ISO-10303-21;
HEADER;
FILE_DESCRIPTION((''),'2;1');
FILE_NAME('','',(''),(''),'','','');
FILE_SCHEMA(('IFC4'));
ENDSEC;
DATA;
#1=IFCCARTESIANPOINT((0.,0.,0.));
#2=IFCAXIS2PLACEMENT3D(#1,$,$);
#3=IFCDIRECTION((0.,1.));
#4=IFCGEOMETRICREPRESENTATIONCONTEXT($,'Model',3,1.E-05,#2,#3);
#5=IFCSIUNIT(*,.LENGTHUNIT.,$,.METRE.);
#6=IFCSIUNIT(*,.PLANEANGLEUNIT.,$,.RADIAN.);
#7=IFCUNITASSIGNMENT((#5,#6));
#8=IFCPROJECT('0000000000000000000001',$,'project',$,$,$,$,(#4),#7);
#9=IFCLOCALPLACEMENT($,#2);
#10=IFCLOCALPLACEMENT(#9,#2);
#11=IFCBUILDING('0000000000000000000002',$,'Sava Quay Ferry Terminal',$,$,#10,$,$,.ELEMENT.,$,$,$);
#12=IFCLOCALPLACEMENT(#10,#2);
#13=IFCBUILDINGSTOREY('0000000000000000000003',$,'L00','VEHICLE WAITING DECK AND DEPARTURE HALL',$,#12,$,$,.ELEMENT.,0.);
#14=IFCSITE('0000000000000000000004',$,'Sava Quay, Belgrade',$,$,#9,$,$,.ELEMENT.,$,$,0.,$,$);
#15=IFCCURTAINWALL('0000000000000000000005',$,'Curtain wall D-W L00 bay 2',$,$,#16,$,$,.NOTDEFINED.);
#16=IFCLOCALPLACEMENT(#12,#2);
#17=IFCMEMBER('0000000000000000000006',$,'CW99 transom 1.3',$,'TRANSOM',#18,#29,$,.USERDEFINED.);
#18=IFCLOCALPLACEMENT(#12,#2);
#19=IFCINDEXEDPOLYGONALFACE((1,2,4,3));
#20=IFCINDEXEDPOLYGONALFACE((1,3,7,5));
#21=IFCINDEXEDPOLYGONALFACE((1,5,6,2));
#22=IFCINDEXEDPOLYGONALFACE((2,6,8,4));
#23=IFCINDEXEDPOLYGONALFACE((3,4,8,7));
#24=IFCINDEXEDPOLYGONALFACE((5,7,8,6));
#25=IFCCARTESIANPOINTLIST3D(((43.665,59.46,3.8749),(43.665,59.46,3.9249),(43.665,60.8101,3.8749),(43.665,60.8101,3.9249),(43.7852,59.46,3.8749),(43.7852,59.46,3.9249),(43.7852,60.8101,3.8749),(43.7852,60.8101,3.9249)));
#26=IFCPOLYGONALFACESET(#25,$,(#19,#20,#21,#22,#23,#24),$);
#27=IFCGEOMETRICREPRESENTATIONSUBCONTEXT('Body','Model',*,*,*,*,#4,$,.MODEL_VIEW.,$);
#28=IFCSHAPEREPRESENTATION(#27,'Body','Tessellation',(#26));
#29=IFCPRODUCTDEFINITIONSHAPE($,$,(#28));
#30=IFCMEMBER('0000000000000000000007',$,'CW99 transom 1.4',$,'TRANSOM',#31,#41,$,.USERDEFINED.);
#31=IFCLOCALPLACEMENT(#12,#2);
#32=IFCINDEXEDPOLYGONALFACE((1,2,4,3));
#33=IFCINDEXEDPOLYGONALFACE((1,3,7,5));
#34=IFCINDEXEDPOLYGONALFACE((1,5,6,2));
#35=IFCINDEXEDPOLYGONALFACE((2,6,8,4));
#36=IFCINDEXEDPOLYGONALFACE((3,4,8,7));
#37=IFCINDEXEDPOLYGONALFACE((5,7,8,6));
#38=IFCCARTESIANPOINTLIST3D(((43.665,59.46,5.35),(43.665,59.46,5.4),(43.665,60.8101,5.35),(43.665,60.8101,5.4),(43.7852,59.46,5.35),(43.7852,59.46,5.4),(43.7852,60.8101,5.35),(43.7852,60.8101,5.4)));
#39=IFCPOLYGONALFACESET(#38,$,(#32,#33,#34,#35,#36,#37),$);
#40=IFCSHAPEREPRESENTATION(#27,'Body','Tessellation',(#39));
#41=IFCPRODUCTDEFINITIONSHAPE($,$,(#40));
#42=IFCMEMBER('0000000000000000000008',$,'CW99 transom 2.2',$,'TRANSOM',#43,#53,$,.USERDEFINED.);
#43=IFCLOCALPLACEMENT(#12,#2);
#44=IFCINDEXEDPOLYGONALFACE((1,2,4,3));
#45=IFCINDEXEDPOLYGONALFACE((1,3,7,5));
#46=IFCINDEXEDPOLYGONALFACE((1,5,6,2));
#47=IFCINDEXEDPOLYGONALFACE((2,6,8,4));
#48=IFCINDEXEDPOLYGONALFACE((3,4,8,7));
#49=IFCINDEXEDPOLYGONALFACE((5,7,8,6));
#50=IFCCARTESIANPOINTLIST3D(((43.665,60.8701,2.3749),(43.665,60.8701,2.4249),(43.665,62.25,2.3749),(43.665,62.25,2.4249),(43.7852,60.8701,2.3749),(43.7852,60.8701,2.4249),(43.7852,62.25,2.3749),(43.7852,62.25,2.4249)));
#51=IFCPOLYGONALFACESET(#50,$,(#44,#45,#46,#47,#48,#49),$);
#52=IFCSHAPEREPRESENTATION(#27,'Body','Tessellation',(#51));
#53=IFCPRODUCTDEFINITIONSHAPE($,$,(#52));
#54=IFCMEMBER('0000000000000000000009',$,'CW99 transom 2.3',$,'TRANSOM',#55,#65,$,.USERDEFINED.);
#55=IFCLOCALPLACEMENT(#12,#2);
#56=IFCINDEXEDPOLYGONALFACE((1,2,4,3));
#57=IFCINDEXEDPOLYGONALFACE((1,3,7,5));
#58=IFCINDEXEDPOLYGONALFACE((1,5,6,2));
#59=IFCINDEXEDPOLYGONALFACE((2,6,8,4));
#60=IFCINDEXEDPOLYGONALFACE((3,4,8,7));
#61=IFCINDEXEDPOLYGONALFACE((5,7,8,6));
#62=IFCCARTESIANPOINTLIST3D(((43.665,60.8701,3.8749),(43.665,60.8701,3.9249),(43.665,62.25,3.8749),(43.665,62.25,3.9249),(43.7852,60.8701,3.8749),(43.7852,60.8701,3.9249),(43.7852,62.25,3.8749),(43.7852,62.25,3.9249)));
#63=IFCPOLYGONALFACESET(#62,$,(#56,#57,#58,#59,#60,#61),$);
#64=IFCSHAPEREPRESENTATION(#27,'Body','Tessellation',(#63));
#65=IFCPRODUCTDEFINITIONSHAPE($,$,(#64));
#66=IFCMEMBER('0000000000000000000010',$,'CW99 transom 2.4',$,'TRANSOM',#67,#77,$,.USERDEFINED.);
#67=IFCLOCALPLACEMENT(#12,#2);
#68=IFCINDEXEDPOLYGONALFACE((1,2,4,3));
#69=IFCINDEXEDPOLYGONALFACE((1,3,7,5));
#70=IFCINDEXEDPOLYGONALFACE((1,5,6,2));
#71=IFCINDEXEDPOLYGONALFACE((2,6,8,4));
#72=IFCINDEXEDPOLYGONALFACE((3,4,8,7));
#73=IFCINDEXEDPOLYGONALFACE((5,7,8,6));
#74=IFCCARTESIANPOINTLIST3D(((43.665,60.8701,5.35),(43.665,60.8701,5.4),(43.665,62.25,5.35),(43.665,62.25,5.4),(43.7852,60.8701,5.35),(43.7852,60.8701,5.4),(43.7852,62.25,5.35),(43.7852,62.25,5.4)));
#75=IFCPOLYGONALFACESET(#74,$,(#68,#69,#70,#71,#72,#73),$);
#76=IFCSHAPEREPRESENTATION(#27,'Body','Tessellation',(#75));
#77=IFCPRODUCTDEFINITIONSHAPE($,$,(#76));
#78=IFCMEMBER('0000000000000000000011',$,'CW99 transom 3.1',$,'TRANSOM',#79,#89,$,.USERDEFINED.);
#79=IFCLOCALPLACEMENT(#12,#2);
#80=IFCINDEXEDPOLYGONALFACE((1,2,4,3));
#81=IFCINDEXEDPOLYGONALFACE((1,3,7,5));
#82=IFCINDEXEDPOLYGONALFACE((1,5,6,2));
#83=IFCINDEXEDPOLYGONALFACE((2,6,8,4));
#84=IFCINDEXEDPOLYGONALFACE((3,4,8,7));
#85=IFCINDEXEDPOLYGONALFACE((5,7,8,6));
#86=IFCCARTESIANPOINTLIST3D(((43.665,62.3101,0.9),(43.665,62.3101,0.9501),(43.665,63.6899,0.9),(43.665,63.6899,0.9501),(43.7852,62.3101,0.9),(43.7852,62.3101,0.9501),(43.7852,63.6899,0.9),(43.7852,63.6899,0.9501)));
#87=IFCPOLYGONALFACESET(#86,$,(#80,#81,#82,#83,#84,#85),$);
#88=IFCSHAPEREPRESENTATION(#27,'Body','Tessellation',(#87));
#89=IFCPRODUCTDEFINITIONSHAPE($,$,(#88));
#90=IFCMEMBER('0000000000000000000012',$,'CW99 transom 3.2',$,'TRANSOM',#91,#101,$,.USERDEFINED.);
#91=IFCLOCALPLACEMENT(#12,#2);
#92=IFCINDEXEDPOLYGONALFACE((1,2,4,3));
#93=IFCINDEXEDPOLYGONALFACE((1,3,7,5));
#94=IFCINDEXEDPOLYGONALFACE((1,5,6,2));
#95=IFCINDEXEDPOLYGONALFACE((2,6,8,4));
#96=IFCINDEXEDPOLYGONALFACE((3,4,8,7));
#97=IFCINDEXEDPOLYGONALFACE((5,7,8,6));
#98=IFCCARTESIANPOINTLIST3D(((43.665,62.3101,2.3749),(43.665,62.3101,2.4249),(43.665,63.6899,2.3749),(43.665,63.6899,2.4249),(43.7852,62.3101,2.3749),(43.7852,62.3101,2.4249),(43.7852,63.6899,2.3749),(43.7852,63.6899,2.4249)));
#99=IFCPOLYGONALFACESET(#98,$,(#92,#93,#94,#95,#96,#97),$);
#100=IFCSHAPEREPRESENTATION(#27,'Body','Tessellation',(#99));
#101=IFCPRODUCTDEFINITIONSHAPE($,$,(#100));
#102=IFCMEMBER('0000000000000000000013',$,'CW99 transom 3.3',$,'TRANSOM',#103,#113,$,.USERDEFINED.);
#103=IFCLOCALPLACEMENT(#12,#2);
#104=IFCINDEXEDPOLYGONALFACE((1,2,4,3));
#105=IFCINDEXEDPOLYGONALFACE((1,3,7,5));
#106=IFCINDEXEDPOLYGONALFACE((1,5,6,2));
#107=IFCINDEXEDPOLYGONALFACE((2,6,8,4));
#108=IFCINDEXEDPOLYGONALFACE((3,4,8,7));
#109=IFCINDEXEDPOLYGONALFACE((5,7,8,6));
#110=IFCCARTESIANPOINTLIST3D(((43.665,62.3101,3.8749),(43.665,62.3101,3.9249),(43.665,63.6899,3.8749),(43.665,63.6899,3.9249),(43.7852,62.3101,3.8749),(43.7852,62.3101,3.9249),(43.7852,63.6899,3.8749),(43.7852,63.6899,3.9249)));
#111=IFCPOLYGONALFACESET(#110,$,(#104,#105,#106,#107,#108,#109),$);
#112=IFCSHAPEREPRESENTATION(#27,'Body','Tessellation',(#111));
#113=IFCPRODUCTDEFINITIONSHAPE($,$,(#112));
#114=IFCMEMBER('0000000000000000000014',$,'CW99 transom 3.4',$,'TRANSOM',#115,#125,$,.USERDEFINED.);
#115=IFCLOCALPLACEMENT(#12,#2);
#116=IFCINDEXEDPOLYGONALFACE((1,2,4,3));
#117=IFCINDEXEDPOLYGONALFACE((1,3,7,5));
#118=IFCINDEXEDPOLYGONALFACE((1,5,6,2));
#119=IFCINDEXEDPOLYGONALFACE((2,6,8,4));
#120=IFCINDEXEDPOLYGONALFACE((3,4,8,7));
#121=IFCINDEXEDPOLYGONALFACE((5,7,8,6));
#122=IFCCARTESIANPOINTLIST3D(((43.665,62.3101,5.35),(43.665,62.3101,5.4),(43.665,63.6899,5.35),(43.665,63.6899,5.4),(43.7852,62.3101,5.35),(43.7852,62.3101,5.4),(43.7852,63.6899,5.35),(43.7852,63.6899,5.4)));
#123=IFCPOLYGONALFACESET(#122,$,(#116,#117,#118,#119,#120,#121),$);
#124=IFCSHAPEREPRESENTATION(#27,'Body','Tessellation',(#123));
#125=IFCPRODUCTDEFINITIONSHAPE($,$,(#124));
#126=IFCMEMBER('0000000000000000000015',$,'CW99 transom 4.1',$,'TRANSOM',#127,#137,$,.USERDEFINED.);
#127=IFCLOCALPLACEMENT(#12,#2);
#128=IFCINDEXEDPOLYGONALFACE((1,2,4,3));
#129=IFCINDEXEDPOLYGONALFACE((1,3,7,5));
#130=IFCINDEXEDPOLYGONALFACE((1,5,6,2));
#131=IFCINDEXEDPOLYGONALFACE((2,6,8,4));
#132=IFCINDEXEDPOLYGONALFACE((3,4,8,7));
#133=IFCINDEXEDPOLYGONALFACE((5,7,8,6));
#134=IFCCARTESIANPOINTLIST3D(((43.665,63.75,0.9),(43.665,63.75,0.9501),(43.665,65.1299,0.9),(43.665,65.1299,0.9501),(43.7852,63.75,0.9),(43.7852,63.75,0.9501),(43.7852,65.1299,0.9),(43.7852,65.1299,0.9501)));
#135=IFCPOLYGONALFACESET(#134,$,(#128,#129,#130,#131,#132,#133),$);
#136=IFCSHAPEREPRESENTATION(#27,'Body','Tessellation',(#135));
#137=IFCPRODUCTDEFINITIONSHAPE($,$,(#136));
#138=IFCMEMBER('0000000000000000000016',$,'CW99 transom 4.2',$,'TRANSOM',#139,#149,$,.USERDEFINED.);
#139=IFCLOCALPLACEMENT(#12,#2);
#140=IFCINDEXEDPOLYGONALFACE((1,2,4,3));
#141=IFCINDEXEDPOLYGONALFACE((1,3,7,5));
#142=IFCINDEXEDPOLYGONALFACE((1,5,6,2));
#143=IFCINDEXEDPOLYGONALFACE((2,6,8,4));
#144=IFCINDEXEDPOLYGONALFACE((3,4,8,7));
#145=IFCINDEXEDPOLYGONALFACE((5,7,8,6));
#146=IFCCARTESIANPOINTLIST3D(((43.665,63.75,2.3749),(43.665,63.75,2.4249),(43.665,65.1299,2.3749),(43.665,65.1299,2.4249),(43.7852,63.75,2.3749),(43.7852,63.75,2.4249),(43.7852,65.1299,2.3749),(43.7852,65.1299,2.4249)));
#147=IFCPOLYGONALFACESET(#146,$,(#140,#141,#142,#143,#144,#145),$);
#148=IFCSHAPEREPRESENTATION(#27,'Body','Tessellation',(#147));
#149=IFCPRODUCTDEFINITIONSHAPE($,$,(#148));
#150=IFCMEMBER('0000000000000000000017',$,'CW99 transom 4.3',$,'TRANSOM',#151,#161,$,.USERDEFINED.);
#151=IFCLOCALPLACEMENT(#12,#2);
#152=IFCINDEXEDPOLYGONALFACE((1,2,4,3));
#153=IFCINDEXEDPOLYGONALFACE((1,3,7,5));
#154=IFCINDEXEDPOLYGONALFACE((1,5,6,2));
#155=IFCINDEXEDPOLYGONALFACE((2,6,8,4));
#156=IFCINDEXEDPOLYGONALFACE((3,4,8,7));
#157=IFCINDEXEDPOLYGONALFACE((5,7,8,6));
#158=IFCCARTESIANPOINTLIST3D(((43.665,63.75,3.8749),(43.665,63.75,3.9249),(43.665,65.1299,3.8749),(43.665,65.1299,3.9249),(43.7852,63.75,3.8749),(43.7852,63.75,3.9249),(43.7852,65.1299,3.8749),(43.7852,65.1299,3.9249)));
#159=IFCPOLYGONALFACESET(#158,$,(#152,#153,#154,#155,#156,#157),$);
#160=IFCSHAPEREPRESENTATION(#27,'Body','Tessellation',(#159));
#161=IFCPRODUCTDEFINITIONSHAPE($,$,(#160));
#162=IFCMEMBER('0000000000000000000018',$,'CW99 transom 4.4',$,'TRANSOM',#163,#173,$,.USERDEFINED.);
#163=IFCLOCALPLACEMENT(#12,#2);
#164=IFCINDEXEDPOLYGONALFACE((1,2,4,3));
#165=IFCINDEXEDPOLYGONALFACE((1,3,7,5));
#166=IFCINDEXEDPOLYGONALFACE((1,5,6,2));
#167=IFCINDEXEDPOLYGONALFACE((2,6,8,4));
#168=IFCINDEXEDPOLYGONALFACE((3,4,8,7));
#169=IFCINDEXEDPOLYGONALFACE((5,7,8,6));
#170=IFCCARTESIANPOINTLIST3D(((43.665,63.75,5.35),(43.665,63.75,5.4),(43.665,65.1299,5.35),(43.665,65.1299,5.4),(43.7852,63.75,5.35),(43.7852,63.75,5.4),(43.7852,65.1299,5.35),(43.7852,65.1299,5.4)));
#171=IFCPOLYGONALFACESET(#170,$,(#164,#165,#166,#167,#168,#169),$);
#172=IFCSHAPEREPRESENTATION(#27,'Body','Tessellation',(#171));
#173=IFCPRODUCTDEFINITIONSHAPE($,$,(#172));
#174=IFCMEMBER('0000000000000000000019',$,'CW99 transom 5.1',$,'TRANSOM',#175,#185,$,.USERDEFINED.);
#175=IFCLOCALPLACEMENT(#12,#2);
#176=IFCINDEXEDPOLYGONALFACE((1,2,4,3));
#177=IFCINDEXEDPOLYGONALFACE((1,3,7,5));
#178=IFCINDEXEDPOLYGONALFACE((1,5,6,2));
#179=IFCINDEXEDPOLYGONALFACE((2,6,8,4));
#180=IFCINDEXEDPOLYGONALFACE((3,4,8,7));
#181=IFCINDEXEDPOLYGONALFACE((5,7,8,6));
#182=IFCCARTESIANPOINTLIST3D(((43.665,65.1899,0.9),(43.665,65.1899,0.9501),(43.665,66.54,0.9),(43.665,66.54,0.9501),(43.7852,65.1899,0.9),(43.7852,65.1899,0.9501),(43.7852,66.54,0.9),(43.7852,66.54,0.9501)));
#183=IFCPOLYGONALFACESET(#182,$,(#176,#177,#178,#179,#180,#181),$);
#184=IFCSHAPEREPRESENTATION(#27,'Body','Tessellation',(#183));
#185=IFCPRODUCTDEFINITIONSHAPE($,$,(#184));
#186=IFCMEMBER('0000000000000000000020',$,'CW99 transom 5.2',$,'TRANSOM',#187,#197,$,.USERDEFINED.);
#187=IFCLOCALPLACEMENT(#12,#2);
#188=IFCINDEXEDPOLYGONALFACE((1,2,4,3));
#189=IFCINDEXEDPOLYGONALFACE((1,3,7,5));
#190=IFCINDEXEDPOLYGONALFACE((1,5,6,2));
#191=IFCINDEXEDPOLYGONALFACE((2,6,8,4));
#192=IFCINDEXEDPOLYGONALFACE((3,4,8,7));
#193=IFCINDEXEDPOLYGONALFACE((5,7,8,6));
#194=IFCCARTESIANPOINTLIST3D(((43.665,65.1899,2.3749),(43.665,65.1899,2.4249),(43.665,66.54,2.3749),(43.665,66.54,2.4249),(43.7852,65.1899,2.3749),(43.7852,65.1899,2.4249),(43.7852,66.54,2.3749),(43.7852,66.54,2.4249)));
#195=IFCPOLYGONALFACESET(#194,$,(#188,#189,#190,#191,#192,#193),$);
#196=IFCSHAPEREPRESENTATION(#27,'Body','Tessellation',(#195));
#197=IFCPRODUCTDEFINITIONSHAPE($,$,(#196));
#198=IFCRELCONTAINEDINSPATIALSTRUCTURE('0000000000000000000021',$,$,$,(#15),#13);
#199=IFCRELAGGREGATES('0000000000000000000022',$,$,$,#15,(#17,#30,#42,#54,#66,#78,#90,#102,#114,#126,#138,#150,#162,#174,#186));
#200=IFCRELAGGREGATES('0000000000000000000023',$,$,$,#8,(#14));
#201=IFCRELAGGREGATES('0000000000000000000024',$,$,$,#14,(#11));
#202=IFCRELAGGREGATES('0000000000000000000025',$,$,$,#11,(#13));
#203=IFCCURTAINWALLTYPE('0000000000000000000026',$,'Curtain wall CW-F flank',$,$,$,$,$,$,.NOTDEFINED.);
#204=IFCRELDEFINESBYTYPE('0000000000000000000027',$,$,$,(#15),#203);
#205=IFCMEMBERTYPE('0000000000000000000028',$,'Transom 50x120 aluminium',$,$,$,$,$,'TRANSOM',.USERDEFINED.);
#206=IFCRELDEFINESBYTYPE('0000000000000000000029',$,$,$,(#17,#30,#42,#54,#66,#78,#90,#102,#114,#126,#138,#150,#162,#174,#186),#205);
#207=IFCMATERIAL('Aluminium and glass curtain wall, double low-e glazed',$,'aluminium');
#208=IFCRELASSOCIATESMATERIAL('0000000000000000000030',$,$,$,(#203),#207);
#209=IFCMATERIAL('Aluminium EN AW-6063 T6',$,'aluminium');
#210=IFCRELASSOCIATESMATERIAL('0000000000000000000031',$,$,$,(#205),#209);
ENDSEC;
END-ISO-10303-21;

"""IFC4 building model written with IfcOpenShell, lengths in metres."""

from ifc_helpers import new_model, si_unit, direction, frame, origin, origin_2d, place, context, subcontext, project, spatial, rectangle, extrude, material, material_profile, profile_set, type_object, element, aggregate, save


model = new_model("IFC4")

# Units and contexts
model_context = context("Model", 3, precision=1e-05, world=origin(), true_north=direction((0.0, 1.0)))
body_context = subcontext(model_context, "Body", "Model", "MODEL_VIEW")
ifc_project = project(units=[si_unit("LENGTHUNIT", "METRE"), si_unit("PLANEANGLEUNIT", "RADIAN")], contexts=[model_context])

# Site, building, storey
site_placement = place(None, origin())
site = spatial("IfcSite", under=ifc_project, at=site_placement, Name="Sava Quay, Belgrade", CompositionType="ELEMENT", RefElevation=0.0)
building_placement = place(site_placement, origin())
building = spatial("IfcBuilding", under=site, at=building_placement, Name="Sava Quay Ferry Terminal", CompositionType="ELEMENT")
storey_placement = place(building_placement, origin())
storey = spatial("IfcBuildingStorey", under=building, at=storey_placement, Name="L00", Description="VEHICLE WAITING DECK AND DEPARTURE HALL", CompositionType="ELEMENT", Elevation=0.0)

# Curtain wall, members
ifc_material_1 = material(Name="Aluminium and glass curtain wall, double low-e glazed", Category="aluminium")
curtain_wall_type = type_object("IfcCurtainWallType", Name="Curtain wall CW-F flank", PredefinedType="NOTDEFINED", material=ifc_material_1)
curtain_wall_placement = place(storey_placement, origin())
curtain_wall = element("IfcCurtainWall", 1, at=curtain_wall_placement, inside=storey, type_object=curtain_wall_type, Name="Curtain wall D-W L00 bay 2", PredefinedType="NOTDEFINED")
ifc_material_2 = material(Name="Aluminium EN AW-6063 T6", Category="aluminium")
ifc_material_profile = material_profile(ifc_material_2, rectangle(XDim=0.1201, YDim=0.05, at=origin_2d()), Name="Transom 50x120 aluminium")
ifc_profile_set = profile_set([ifc_material_profile], Name="Aluminium EN AW-6063 T6")
member_type = type_object("IfcMemberType", Name="Transom 50x120 aluminium", ElementType="TRANSOM", PredefinedType="USERDEFINED", material=ifc_profile_set)
member_1_placement = place(storey_placement, frame((43.7251, 59.46, 3.8999), z_axis=(0.0, 1.0, 0.0), x_axis=(-1.0, 0.0, 0.0)))
member_1 = element("IfcMember", 2, at=member_1_placement, type_object=member_type, Name="CW99 transom 1.3", ObjectType="TRANSOM", PredefinedType="USERDEFINED", context=body_context, shape_type="SweptSolid", body=[
    extrude(rectangle(XDim=0.1201, YDim=0.05, at=origin_2d()), origin(), (0.0, 0.0, 1.0), 1.3501),
])
member_2_placement = place(storey_placement, frame((43.7251, 59.46, 5.375), z_axis=(0.0, 1.0, 0.0), x_axis=(-1.0, 0.0, 0.0)))
member_2 = element("IfcMember", 3, at=member_2_placement, type_object=member_type, Name="CW99 transom 1.4", ObjectType="TRANSOM", PredefinedType="USERDEFINED", context=body_context, shape_type="SweptSolid", body=[
    extrude(rectangle(XDim=0.1201, YDim=0.05, at=origin_2d()), origin(), (0.0, 0.0, 1.0), 1.3501),
])
member_3_placement = place(storey_placement, frame((43.7251, 60.8701, 2.3999), z_axis=(0.0, 1.0, 0.0), x_axis=(-1.0, 0.0, 0.0)))
member_3 = element("IfcMember", 4, at=member_3_placement, type_object=member_type, Name="CW99 transom 2.2", ObjectType="TRANSOM", PredefinedType="USERDEFINED", context=body_context, shape_type="SweptSolid", body=[
    extrude(rectangle(XDim=0.1201, YDim=0.05, at=origin_2d()), origin(), (0.0, 0.0, 1.0), 1.3799),
])
member_4_placement = place(storey_placement, frame((43.7251, 60.8701, 3.8999), z_axis=(0.0, 1.0, 0.0), x_axis=(-1.0, 0.0, 0.0)))
member_4 = element("IfcMember", 5, at=member_4_placement, type_object=member_type, Name="CW99 transom 2.3", ObjectType="TRANSOM", PredefinedType="USERDEFINED", context=body_context, shape_type="SweptSolid", body=[
    extrude(rectangle(XDim=0.1201, YDim=0.05, at=origin_2d()), origin(), (0.0, 0.0, 1.0), 1.3799),
])
member_5_placement = place(storey_placement, frame((43.7251, 60.8701, 5.375), z_axis=(0.0, 1.0, 0.0), x_axis=(-1.0, 0.0, 0.0)))
member_5 = element("IfcMember", 6, at=member_5_placement, type_object=member_type, Name="CW99 transom 2.4", ObjectType="TRANSOM", PredefinedType="USERDEFINED", context=body_context, shape_type="SweptSolid", body=[
    extrude(rectangle(XDim=0.1201, YDim=0.05, at=origin_2d()), origin(), (0.0, 0.0, 1.0), 1.3799),
])
member_6_placement = place(storey_placement, frame((43.7251, 62.3101, 0.925), z_axis=(0.0, 1.0, 0.0), x_axis=(-1.0, 0.0, 0.0)))
member_6 = element("IfcMember", 7, at=member_6_placement, type_object=member_type, Name="CW99 transom 3.1", ObjectType="TRANSOM", PredefinedType="USERDEFINED", context=body_context, shape_type="SweptSolid", body=[
    extrude(rectangle(XDim=0.1201, YDim=0.05, at=origin_2d()), origin(), (0.0, 0.0, 1.0), 1.3799),
])
member_7_placement = place(storey_placement, frame((43.7251, 62.3101, 2.3999), z_axis=(0.0, 1.0, 0.0), x_axis=(-1.0, 0.0, 0.0)))
member_7 = element("IfcMember", 8, at=member_7_placement, type_object=member_type, Name="CW99 transom 3.2", ObjectType="TRANSOM", PredefinedType="USERDEFINED", context=body_context, shape_type="SweptSolid", body=[
    extrude(rectangle(XDim=0.1201, YDim=0.05, at=origin_2d()), origin(), (0.0, 0.0, 1.0), 1.3799),
])
member_8_placement = place(storey_placement, frame((43.7251, 62.3101, 3.8999), z_axis=(0.0, 1.0, 0.0), x_axis=(-1.0, 0.0, 0.0)))
member_8 = element("IfcMember", 9, at=member_8_placement, type_object=member_type, Name="CW99 transom 3.3", ObjectType="TRANSOM", PredefinedType="USERDEFINED", context=body_context, shape_type="SweptSolid", body=[
    extrude(rectangle(XDim=0.1201, YDim=0.05, at=origin_2d()), origin(), (0.0, 0.0, 1.0), 1.3799),
])
member_9_placement = place(storey_placement, frame((43.7251, 62.3101, 5.375), z_axis=(0.0, 1.0, 0.0), x_axis=(-1.0, 0.0, 0.0)))
member_9 = element("IfcMember", 10, at=member_9_placement, type_object=member_type, Name="CW99 transom 3.4", ObjectType="TRANSOM", PredefinedType="USERDEFINED", context=body_context, shape_type="SweptSolid", body=[
    extrude(rectangle(XDim=0.1201, YDim=0.05, at=origin_2d()), origin(), (0.0, 0.0, 1.0), 1.3799),
])
member_10_placement = place(storey_placement, frame((43.7251, 63.75, 0.925), z_axis=(0.0, 1.0, 0.0), x_axis=(-1.0, 0.0, 0.0)))
member_10 = element("IfcMember", 11, at=member_10_placement, type_object=member_type, Name="CW99 transom 4.1", ObjectType="TRANSOM", PredefinedType="USERDEFINED", context=body_context, shape_type="SweptSolid", body=[
    extrude(rectangle(XDim=0.1201, YDim=0.05, at=origin_2d()), origin(), (0.0, 0.0, 1.0), 1.3799),
])
member_11_placement = place(storey_placement, frame((43.7251, 63.75, 2.3999), z_axis=(0.0, 1.0, 0.0), x_axis=(-1.0, 0.0, 0.0)))
member_11 = element("IfcMember", 12, at=member_11_placement, type_object=member_type, Name="CW99 transom 4.2", ObjectType="TRANSOM", PredefinedType="USERDEFINED", context=body_context, shape_type="SweptSolid", body=[
    extrude(rectangle(XDim=0.1201, YDim=0.05, at=origin_2d()), origin(), (0.0, 0.0, 1.0), 1.3799),
])
member_12_placement = place(storey_placement, frame((43.7251, 63.75, 3.8999), z_axis=(0.0, 1.0, 0.0), x_axis=(-1.0, 0.0, 0.0)))
member_12 = element("IfcMember", 13, at=member_12_placement, type_object=member_type, Name="CW99 transom 4.3", ObjectType="TRANSOM", PredefinedType="USERDEFINED", context=body_context, shape_type="SweptSolid", body=[
    extrude(rectangle(XDim=0.1201, YDim=0.05, at=origin_2d()), origin(), (0.0, 0.0, 1.0), 1.3799),
])
member_13_placement = place(storey_placement, frame((43.7251, 63.75, 5.375), z_axis=(0.0, 1.0, 0.0), x_axis=(-1.0, 0.0, 0.0)))
member_13 = element("IfcMember", 14, at=member_13_placement, type_object=member_type, Name="CW99 transom 4.4", ObjectType="TRANSOM", PredefinedType="USERDEFINED", context=body_context, shape_type="SweptSolid", body=[
    extrude(rectangle(XDim=0.1201, YDim=0.05, at=origin_2d()), origin(), (0.0, 0.0, 1.0), 1.3799),
])
member_14_placement = place(storey_placement, frame((43.7251, 65.1899, 0.925), z_axis=(0.0, 1.0, 0.0), x_axis=(-1.0, 0.0, 0.0)))
member_14 = element("IfcMember", 15, at=member_14_placement, type_object=member_type, Name="CW99 transom 5.1", ObjectType="TRANSOM", PredefinedType="USERDEFINED", context=body_context, shape_type="SweptSolid", body=[
    extrude(rectangle(XDim=0.1201, YDim=0.05, at=origin_2d()), origin(), (0.0, 0.0, 1.0), 1.3501),
])
member_15_placement = place(storey_placement, frame((43.7251, 65.1899, 2.3999), z_axis=(0.0, 1.0, 0.0), x_axis=(-1.0, 0.0, 0.0)))
member_15 = element("IfcMember", 16, at=member_15_placement, type_object=member_type, Name="CW99 transom 5.2", ObjectType="TRANSOM", PredefinedType="USERDEFINED", context=body_context, shape_type="SweptSolid", body=[
    extrude(rectangle(XDim=0.1201, YDim=0.05, at=origin_2d()), origin(), (0.0, 0.0, 1.0), 1.3501),
])
aggregate(curtain_wall, [member_1, member_2, member_3, member_4, member_5, member_6, member_7, member_8, member_9, member_10, member_11, member_12, member_13, member_14, member_15])

save(model, "model.ifc")
